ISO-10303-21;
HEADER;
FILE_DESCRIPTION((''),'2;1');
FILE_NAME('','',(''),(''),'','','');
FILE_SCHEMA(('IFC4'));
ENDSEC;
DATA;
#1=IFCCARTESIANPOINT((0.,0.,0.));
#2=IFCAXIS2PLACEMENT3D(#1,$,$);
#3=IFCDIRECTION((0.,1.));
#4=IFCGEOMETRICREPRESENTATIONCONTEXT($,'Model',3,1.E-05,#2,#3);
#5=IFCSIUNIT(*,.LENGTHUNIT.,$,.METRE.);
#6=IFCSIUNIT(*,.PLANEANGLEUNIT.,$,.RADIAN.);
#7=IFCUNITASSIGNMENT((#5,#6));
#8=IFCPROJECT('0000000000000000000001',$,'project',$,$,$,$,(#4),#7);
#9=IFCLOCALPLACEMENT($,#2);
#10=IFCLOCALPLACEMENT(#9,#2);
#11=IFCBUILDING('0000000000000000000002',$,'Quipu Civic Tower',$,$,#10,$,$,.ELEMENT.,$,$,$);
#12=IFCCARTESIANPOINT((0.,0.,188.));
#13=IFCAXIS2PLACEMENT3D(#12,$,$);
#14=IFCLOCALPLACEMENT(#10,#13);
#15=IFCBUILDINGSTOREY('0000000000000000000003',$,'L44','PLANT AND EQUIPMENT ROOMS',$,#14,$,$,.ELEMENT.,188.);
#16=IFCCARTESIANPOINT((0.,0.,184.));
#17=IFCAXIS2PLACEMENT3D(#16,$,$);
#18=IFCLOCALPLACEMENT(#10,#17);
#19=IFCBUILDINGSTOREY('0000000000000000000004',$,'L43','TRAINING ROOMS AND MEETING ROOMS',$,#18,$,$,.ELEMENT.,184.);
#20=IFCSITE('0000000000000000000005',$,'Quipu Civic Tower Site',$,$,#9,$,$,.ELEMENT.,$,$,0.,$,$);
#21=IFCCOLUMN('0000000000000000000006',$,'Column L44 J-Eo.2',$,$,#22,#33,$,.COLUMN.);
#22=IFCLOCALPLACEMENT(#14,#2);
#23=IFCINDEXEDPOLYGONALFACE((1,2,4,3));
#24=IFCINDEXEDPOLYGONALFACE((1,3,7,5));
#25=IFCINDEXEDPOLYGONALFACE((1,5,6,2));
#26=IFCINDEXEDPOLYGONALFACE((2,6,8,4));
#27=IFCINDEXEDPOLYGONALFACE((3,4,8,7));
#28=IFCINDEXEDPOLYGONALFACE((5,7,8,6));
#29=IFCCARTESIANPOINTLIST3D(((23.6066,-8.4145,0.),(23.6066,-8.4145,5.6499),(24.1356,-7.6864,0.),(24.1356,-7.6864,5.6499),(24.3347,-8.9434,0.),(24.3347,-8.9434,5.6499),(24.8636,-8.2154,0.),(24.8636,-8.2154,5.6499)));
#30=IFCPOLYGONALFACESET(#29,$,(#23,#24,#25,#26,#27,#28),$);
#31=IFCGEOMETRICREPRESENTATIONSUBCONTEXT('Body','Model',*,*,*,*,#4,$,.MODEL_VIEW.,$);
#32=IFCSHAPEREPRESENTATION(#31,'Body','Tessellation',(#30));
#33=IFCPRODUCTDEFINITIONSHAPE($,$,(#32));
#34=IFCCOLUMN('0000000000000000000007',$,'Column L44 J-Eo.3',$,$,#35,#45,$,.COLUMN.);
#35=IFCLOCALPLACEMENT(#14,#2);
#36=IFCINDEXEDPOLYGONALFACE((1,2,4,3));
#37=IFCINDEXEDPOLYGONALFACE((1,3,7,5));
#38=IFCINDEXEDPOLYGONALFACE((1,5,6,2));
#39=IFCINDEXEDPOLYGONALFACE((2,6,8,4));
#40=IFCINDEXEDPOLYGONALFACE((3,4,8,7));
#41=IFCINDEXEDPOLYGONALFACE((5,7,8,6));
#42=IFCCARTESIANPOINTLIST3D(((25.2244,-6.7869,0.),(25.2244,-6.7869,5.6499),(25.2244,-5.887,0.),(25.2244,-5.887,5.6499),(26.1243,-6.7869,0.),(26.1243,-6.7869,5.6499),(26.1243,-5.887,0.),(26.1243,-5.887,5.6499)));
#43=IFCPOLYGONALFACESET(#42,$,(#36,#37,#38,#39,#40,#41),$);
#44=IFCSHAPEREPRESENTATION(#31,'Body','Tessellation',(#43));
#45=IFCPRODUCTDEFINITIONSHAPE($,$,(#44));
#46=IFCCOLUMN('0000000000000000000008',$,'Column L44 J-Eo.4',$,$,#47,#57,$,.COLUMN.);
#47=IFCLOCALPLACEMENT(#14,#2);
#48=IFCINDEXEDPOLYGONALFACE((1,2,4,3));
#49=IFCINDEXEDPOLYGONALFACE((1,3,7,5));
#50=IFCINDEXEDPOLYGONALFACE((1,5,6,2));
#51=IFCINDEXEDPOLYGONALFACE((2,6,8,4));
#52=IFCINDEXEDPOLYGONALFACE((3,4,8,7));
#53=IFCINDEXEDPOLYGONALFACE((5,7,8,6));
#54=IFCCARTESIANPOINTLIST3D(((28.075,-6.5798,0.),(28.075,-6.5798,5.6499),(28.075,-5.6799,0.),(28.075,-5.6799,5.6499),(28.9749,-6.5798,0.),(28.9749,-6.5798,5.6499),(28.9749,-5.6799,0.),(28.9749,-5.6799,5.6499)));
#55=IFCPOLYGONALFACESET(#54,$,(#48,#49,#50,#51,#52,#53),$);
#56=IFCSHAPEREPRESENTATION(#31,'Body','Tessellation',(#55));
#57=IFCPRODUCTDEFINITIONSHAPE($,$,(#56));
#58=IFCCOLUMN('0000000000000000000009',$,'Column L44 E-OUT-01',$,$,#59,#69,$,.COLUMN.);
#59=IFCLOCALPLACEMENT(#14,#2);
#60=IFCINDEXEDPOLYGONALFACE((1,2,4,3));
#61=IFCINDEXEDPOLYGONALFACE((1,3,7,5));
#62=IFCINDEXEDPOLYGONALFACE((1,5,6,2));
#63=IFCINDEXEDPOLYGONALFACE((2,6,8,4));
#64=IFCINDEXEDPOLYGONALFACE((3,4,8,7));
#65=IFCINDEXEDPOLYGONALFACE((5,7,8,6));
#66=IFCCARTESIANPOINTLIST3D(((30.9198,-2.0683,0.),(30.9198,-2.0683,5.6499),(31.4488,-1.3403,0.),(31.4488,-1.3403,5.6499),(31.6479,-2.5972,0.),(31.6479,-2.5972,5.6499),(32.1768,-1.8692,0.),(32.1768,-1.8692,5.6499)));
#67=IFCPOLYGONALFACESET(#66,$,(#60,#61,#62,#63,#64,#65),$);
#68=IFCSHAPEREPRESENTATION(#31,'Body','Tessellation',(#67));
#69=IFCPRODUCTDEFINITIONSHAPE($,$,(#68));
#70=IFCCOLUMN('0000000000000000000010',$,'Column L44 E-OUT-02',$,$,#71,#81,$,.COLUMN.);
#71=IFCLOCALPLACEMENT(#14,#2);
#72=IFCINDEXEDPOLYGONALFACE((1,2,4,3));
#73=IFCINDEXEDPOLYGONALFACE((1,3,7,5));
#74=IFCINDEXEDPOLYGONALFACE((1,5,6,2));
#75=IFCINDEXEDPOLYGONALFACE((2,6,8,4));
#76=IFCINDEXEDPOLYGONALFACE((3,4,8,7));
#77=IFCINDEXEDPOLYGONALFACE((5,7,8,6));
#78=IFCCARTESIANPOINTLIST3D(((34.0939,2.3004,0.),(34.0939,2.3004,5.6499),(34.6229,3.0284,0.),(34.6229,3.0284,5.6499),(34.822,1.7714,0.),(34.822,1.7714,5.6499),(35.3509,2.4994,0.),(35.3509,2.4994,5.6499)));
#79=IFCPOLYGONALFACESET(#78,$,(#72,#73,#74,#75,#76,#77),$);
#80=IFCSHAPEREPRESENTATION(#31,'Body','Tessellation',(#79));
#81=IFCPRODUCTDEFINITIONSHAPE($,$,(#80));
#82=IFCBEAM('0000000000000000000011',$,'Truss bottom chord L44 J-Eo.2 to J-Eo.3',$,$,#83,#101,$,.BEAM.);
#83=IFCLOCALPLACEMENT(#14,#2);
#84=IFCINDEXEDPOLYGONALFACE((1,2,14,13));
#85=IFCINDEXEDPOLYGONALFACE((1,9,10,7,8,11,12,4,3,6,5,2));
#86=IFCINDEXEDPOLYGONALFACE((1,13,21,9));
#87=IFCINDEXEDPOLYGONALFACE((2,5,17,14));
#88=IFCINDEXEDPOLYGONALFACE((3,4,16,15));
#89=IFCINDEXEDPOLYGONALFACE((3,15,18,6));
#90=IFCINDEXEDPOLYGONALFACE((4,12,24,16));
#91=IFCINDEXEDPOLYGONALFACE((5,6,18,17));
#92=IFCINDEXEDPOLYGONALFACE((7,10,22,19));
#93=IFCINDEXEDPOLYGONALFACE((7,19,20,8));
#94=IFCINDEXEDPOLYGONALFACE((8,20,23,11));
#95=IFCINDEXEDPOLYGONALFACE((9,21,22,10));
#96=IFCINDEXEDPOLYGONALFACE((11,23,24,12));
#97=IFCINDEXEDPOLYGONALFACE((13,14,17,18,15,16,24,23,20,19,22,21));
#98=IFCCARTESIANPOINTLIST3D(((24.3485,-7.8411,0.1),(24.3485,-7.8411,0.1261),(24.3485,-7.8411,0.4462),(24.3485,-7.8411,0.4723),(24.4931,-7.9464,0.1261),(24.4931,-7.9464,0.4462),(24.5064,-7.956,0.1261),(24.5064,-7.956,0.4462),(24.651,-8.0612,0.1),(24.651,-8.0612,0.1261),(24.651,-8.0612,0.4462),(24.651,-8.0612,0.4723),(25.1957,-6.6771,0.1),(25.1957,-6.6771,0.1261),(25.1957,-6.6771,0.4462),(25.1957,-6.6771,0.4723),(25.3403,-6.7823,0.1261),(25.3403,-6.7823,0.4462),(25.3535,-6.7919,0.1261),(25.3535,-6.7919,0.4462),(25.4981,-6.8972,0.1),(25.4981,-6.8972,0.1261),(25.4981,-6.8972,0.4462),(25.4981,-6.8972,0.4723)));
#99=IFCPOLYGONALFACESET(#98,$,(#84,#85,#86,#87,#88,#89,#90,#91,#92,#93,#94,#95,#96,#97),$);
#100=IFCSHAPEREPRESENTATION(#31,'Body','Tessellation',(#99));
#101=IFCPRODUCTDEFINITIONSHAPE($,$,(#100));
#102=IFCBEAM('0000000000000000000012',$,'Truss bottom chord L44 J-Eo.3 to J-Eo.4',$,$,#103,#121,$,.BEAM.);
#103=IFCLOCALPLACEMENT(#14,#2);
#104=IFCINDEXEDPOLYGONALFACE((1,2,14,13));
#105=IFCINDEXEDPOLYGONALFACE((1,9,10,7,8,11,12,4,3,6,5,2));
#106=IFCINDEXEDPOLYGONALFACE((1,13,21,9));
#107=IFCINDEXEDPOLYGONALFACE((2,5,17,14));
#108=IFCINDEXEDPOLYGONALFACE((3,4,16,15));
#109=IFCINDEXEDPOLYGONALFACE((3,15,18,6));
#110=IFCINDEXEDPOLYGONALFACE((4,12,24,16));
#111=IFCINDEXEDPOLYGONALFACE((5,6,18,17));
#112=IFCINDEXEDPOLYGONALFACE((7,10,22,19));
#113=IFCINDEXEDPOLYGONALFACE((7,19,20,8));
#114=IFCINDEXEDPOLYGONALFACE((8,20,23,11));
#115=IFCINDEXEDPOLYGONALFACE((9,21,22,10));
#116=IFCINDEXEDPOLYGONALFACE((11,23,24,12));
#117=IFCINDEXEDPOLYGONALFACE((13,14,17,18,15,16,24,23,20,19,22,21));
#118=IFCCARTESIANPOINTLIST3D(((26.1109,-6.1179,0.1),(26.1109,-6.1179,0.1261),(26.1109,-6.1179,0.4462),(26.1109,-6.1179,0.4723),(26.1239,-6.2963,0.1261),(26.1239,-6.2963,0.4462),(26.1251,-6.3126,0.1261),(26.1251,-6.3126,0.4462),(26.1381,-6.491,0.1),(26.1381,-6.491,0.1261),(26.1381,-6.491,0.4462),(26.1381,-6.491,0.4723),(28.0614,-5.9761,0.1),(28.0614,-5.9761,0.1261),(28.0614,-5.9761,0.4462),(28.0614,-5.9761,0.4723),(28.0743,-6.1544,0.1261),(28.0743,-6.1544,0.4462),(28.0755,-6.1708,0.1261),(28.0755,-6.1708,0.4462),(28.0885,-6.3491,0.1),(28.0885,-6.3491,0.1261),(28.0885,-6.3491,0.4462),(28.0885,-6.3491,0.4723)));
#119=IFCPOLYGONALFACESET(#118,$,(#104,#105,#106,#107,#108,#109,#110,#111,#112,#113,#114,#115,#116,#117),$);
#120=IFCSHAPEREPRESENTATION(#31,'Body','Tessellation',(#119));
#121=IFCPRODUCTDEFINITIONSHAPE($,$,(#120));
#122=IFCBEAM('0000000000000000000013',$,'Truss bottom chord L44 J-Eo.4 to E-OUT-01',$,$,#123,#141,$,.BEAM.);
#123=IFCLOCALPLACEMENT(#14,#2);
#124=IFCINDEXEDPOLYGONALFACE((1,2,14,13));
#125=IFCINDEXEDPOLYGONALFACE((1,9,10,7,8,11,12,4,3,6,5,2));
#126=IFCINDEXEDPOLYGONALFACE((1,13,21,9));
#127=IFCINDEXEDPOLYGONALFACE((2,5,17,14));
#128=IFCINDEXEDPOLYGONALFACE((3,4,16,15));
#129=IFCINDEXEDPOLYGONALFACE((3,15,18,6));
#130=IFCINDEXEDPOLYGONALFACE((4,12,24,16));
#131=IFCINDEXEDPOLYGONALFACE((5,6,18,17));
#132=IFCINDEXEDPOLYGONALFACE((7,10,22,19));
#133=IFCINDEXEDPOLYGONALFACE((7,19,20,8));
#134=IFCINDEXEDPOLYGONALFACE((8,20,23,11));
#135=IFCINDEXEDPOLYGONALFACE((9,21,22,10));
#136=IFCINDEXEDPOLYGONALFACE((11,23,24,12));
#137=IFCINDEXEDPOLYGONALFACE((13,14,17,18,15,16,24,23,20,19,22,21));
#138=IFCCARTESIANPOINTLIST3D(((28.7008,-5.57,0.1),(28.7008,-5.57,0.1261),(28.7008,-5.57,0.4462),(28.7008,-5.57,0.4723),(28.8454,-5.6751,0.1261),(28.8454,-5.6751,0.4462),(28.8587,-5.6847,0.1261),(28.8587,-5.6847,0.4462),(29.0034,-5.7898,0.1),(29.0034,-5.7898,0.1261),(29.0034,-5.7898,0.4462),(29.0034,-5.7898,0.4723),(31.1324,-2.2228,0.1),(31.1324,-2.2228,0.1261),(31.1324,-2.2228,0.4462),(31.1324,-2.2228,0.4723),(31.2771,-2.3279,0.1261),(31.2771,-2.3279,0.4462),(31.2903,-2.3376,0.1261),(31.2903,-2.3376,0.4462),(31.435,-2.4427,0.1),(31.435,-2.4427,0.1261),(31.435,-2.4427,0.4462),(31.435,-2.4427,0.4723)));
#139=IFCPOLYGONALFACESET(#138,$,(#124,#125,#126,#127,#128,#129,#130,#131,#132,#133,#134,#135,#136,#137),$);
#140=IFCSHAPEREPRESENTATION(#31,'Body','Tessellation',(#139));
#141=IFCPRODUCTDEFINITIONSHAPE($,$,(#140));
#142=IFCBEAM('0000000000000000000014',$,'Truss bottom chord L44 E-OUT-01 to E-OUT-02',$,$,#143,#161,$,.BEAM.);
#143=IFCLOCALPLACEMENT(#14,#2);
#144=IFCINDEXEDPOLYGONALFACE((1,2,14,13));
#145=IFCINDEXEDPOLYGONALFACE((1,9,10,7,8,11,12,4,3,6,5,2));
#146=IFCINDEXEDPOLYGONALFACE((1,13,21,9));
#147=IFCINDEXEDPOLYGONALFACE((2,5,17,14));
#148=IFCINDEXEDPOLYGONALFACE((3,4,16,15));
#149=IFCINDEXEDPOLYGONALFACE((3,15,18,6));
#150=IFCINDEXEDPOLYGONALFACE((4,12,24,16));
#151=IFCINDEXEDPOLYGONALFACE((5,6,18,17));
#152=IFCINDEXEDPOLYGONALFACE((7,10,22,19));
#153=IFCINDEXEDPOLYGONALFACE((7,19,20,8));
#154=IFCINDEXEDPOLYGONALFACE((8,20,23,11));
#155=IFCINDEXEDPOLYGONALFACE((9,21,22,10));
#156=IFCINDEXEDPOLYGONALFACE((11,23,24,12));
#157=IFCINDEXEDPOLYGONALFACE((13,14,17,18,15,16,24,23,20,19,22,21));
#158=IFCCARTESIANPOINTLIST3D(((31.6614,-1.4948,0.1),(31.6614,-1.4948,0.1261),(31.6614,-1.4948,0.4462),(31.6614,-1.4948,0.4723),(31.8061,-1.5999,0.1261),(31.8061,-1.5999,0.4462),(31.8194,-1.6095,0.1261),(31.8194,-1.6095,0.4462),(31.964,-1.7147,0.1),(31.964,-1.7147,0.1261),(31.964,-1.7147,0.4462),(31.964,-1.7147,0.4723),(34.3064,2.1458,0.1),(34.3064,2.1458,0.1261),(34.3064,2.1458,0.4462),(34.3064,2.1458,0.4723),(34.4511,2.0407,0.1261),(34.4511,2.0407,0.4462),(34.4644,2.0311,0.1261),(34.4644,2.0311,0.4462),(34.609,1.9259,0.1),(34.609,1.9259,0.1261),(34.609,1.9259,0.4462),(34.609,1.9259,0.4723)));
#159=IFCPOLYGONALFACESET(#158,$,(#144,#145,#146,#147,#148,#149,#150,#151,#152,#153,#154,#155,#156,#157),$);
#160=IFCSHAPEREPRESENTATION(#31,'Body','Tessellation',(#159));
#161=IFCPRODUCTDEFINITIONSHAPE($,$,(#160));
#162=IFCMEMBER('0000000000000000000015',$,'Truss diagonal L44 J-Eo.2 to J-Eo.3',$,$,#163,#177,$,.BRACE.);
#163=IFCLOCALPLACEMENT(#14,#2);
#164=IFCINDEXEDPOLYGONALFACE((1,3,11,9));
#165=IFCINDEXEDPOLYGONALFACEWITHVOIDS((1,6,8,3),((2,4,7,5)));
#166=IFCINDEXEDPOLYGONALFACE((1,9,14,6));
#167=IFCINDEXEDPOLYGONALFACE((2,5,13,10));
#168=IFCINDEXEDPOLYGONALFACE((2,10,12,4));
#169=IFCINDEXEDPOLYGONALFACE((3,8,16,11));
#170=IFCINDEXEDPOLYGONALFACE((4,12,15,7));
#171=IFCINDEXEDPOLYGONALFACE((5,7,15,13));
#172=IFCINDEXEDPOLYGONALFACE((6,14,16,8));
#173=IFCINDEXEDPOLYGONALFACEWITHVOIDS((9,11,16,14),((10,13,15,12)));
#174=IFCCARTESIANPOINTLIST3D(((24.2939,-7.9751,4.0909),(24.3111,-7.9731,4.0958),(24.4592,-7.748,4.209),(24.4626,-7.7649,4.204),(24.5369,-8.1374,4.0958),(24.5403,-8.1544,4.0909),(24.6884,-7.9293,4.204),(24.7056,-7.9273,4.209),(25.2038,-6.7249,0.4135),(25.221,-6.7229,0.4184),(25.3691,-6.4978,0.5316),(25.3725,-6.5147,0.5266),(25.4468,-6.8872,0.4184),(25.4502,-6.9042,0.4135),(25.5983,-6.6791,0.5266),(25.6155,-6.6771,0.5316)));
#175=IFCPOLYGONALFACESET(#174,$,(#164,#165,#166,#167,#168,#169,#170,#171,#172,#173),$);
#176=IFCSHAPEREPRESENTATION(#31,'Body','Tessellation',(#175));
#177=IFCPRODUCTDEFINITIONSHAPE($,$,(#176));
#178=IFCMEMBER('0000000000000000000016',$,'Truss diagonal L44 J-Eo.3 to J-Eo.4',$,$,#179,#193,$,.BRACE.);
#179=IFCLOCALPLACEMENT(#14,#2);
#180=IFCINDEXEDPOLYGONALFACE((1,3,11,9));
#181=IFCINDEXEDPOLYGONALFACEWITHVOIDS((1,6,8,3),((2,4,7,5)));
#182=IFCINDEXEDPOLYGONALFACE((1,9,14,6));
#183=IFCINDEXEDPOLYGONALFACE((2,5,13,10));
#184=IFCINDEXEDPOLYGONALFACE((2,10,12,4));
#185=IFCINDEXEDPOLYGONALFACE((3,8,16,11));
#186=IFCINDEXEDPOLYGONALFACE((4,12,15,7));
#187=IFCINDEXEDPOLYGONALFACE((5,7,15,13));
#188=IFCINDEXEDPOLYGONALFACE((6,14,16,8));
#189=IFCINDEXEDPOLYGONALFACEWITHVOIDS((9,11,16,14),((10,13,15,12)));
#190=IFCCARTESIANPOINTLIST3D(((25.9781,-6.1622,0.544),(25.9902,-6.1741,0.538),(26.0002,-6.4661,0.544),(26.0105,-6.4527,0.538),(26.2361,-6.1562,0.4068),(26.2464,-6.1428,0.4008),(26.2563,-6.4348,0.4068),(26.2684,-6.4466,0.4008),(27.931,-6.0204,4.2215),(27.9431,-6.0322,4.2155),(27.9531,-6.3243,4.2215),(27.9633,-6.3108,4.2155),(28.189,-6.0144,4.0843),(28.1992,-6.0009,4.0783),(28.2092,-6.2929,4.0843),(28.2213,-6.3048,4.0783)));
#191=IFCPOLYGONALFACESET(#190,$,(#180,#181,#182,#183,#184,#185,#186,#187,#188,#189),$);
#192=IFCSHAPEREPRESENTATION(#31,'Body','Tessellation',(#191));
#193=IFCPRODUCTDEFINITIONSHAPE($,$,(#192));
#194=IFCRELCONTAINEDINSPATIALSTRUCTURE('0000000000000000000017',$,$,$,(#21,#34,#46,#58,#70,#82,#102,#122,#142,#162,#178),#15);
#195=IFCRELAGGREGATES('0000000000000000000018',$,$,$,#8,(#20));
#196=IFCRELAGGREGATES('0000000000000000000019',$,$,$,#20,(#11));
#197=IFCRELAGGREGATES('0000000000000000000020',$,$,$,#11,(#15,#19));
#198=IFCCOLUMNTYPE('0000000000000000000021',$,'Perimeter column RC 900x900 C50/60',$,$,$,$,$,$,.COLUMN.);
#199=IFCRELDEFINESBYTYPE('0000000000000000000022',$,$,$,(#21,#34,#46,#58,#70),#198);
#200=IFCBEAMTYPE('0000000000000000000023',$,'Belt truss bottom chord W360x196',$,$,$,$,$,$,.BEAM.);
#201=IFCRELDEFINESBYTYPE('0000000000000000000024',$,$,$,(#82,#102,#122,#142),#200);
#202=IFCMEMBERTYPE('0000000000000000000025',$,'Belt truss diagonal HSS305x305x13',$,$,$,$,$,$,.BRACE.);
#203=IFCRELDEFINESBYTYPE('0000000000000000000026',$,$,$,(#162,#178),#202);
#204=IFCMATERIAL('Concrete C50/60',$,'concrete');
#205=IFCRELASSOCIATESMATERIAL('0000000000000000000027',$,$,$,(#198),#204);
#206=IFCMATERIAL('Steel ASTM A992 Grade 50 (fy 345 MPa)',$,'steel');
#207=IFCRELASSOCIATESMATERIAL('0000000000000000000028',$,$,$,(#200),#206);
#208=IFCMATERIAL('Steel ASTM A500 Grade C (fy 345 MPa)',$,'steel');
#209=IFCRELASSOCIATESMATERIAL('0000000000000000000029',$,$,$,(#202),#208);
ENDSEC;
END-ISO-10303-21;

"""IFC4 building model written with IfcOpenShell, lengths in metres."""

from ifc_helpers import new_model, si_unit, direction, frame, origin, origin_2d, place, context, subcontext, project, spatial, rectangle, hollow_rectangle, i_section, extrude, material, material_profile, profile_set, type_object, element, save


model = new_model("IFC4")

# Units and contexts
model_context = context("Model", 3, precision=1e-05, world=origin(), true_north=direction((0.0, 1.0)))
body_context = subcontext(model_context, "Body", "Model", "MODEL_VIEW")
ifc_project = project(units=[si_unit("LENGTHUNIT", "METRE"), si_unit("PLANEANGLEUNIT", "RADIAN")], contexts=[model_context])

# Site, building, storey
site_placement = place(None, origin())
site = spatial("IfcSite", under=ifc_project, at=site_placement, Name="Quipu Civic Tower Site", CompositionType="ELEMENT", RefElevation=0.0)
building_placement = place(site_placement, origin())
building = spatial("IfcBuilding", under=site, at=building_placement, Name="Quipu Civic Tower", CompositionType="ELEMENT")
storey_1_placement = place(building_placement, frame((0.0, 0.0, 188.0)))
storey_1 = spatial("IfcBuildingStorey", under=building, at=storey_1_placement, Name="L44", Description="PLANT AND EQUIPMENT ROOMS", CompositionType="ELEMENT", Elevation=188.0)

# Columns
ifc_material_1 = material(Name="Concrete C50/60", Category="concrete")
ifc_material_profile_1 = material_profile(ifc_material_1, rectangle(XDim=0.8999, YDim=0.8999, at=origin_2d()), Name="RC900x900")
ifc_profile_set_1 = profile_set([ifc_material_profile_1], Name="Concrete C50/60")
column_type = type_object("IfcColumnType", Name="Perimeter column RC 900x900 C50/60", PredefinedType="COLUMN", material=ifc_profile_set_1)
for number, where, z_axis, x_axis, name in (
    (1, (24.2351, -8.3149, 0.0), (0.0, 0.0, 1.0), (0.587785, 0.809017, 0.0), "Column L44 J-Eo.2"),
    (2, (25.6743, -6.3369, 0.0), (0.0, 0.0, 1.0), (1.0, 0.0, 0.0), "Column L44 J-Eo.3"),
    (3, (28.5249, -6.1299, 0.0), (0.0, 0.0, 1.0), (1.0, 0.0, 0.0), "Column L44 J-Eo.4"),
    (4, (31.5483, -1.9688, 0.0), (0.0, 0.0, 1.0), (0.587785, 0.809017, 0.0), "Column L44 E-OUT-01"),
    (5, (34.7224, 2.3999, 0.0), (0.0, 0.0, 1.0), (0.587785, 0.809017, 0.0), "Column L44 E-OUT-02"),
):
    element("IfcColumn", number, at=place(storey_1_placement, frame(where, z_axis=z_axis, x_axis=x_axis)), inside=storey_1, type_object=column_type, Name=name, PredefinedType="COLUMN", context=body_context, shape_type="SweptSolid", body=[
        extrude(rectangle(XDim=0.8999, YDim=0.8999, at=origin_2d()), origin(), (0.0, 0.0, 1.0), 5.6499),
    ])

# Beams
ifc_material_2 = material(Name="Steel ASTM A992 Grade 50 (fy 345 MPa)", Category="steel")
ifc_material_profile_2 = material_profile(ifc_material_2, i_section(OverallWidth=0.374, OverallDepth=0.3723, WebThickness=0.0164, FlangeThickness=0.0261, at=origin_2d()), Name="W360x196")
ifc_profile_set_2 = profile_set([ifc_material_profile_2], Name="Steel ASTM A992 Grade 50 (fy 345 MPa)")
beam_type_1 = type_object("IfcBeamType", Name="Belt truss bottom chord W360x196", PredefinedType="BEAM", material=ifc_profile_set_2)
beam_1_placement = place(storey_1_placement, frame((24.4998, -7.9512, 0.2861), z_axis=(0.588434, 0.808545, 0.0), x_axis=(-0.808545, 0.588434, 0.0)))
element("IfcBeam", 6, at=beam_1_placement, inside=storey_1, type_object=beam_type_1, Name="Truss bottom chord L44 J-Eo.2 to J-Eo.3", PredefinedType="BEAM", context=body_context, shape_type="SweptSolid", body=[
    extrude(i_section(OverallWidth=0.374, OverallDepth=0.3723, WebThickness=0.0164, FlangeThickness=0.0261, at=origin_2d()), origin(), (0.0, 0.0, 1.0), 1.4397),
])
beam_2_placement = place(storey_1_placement, frame((26.1245, -6.3044, 0.2861), z_axis=(0.997366, 0.072533, 0.0), x_axis=(-0.072533, 0.997366, 0.0)))
element("IfcBeam", 7, at=beam_2_placement, inside=storey_1, type_object=beam_type_1, Name="Truss bottom chord L44 J-Eo.3 to J-Eo.4", PredefinedType="BEAM", context=body_context, shape_type="SweptSolid", body=[
    extrude(i_section(OverallWidth=0.374, OverallDepth=0.3723, WebThickness=0.0164, FlangeThickness=0.0261, at=origin_2d()), origin(), (0.0, 0.0, 1.0), 1.9556),
])
beam_3_placement = place(storey_1_placement, frame((28.8521, -5.6799, 0.2861), z_axis=(0.587751, 0.809042, 0.0), x_axis=(-0.809042, 0.587751, 0.0)))
element("IfcBeam", 8, at=beam_3_placement, inside=storey_1, type_object=beam_type_1, Name="Truss bottom chord L44 J-Eo.4 to E-OUT-01", PredefinedType="BEAM", context=body_context, shape_type="SweptSolid", body=[
    extrude(i_section(OverallWidth=0.374, OverallDepth=0.3723, WebThickness=0.0164, FlangeThickness=0.0261, at=origin_2d()), origin(), (0.0, 0.0, 1.0), 4.1372),
])
beam_4_placement = place(storey_1_placement, frame((31.8127, -1.6047, 0.2861), z_axis=(0.587778, 0.809022, 0.0), x_axis=(-0.809022, 0.587778, 0.0)))
element("IfcBeam", 9, at=beam_4_placement, inside=storey_1, type_object=beam_type_1, Name="Truss bottom chord L44 E-OUT-01 to E-OUT-02", PredefinedType="BEAM", context=body_context, shape_type="SweptSolid", body=[
    extrude(i_section(OverallWidth=0.374, OverallDepth=0.3723, WebThickness=0.0164, FlangeThickness=0.0261, at=origin_2d()), origin(), (0.0, 0.0, 1.0), 4.5),
])

# Members
ifc_material_3 = material(Name="Steel ASTM A500 Grade C (fy 345 MPa)", Category="steel")
ifc_material_profile_3 = material_profile(ifc_material_3, hollow_rectangle(XDim=0.3047, YDim=0.3047, WallThickness=0.0127, at=origin_2d()), Name="HSS305x305x13")
ifc_profile_set_3 = profile_set([ifc_material_profile_3], Name="Steel ASTM A500 Grade C (fy 345 MPa)")
member_type_1 = type_object("IfcMemberType", Name="Belt truss diagonal HSS305x305x13", PredefinedType="BRACE", material=ifc_profile_set_3)
member_1_placement = place(storey_1_placement, frame((24.4998, -7.9512, 4.1499), z_axis=(0.228085, 0.313395, -0.921825), x_axis=(-0.808538, 0.588444, 0.0)))
element("IfcMember", 10, at=member_1_placement, inside=storey_1, type_object=member_type_1, Name="Truss diagonal L44 J-Eo.2 to J-Eo.3", PredefinedType="BRACE", context=body_context, shape_type="SweptSolid", body=[
    extrude(hollow_rectangle(XDim=0.3047, YDim=0.3047, WallThickness=0.0127, at=origin_2d()), origin(), (0.0, 0.0, 1.0), 3.9893),
])
member_2_placement = place(storey_1_placement, frame((26.1233, -6.3044, 0.4724), z_axis=(0.468736, 0.034046, 0.882682), x_axis=(-0.072443, 0.997373, 0.0)))
element("IfcMember", 11, at=member_2_placement, inside=storey_1, type_object=member_type_1, Name="Truss diagonal L44 J-Eo.3 to J-Eo.4", PredefinedType="BRACE", context=body_context, shape_type="SweptSolid", body=[
    extrude(hollow_rectangle(XDim=0.3047, YDim=0.3047, WallThickness=0.0127, at=origin_2d()), origin(), (0.0, 0.0, 1.0), 4.1663),
])

# Shared definitions
storey_2_placement = place(building_placement, frame((0.0, 0.0, 184.0)))
storey_2 = spatial("IfcBuildingStorey", under=building, at=storey_2_placement, Name="L43", Description="TRAINING ROOMS AND MEETING ROOMS", CompositionType="ELEMENT", Elevation=184.0)

save(model, "model.ifc")
